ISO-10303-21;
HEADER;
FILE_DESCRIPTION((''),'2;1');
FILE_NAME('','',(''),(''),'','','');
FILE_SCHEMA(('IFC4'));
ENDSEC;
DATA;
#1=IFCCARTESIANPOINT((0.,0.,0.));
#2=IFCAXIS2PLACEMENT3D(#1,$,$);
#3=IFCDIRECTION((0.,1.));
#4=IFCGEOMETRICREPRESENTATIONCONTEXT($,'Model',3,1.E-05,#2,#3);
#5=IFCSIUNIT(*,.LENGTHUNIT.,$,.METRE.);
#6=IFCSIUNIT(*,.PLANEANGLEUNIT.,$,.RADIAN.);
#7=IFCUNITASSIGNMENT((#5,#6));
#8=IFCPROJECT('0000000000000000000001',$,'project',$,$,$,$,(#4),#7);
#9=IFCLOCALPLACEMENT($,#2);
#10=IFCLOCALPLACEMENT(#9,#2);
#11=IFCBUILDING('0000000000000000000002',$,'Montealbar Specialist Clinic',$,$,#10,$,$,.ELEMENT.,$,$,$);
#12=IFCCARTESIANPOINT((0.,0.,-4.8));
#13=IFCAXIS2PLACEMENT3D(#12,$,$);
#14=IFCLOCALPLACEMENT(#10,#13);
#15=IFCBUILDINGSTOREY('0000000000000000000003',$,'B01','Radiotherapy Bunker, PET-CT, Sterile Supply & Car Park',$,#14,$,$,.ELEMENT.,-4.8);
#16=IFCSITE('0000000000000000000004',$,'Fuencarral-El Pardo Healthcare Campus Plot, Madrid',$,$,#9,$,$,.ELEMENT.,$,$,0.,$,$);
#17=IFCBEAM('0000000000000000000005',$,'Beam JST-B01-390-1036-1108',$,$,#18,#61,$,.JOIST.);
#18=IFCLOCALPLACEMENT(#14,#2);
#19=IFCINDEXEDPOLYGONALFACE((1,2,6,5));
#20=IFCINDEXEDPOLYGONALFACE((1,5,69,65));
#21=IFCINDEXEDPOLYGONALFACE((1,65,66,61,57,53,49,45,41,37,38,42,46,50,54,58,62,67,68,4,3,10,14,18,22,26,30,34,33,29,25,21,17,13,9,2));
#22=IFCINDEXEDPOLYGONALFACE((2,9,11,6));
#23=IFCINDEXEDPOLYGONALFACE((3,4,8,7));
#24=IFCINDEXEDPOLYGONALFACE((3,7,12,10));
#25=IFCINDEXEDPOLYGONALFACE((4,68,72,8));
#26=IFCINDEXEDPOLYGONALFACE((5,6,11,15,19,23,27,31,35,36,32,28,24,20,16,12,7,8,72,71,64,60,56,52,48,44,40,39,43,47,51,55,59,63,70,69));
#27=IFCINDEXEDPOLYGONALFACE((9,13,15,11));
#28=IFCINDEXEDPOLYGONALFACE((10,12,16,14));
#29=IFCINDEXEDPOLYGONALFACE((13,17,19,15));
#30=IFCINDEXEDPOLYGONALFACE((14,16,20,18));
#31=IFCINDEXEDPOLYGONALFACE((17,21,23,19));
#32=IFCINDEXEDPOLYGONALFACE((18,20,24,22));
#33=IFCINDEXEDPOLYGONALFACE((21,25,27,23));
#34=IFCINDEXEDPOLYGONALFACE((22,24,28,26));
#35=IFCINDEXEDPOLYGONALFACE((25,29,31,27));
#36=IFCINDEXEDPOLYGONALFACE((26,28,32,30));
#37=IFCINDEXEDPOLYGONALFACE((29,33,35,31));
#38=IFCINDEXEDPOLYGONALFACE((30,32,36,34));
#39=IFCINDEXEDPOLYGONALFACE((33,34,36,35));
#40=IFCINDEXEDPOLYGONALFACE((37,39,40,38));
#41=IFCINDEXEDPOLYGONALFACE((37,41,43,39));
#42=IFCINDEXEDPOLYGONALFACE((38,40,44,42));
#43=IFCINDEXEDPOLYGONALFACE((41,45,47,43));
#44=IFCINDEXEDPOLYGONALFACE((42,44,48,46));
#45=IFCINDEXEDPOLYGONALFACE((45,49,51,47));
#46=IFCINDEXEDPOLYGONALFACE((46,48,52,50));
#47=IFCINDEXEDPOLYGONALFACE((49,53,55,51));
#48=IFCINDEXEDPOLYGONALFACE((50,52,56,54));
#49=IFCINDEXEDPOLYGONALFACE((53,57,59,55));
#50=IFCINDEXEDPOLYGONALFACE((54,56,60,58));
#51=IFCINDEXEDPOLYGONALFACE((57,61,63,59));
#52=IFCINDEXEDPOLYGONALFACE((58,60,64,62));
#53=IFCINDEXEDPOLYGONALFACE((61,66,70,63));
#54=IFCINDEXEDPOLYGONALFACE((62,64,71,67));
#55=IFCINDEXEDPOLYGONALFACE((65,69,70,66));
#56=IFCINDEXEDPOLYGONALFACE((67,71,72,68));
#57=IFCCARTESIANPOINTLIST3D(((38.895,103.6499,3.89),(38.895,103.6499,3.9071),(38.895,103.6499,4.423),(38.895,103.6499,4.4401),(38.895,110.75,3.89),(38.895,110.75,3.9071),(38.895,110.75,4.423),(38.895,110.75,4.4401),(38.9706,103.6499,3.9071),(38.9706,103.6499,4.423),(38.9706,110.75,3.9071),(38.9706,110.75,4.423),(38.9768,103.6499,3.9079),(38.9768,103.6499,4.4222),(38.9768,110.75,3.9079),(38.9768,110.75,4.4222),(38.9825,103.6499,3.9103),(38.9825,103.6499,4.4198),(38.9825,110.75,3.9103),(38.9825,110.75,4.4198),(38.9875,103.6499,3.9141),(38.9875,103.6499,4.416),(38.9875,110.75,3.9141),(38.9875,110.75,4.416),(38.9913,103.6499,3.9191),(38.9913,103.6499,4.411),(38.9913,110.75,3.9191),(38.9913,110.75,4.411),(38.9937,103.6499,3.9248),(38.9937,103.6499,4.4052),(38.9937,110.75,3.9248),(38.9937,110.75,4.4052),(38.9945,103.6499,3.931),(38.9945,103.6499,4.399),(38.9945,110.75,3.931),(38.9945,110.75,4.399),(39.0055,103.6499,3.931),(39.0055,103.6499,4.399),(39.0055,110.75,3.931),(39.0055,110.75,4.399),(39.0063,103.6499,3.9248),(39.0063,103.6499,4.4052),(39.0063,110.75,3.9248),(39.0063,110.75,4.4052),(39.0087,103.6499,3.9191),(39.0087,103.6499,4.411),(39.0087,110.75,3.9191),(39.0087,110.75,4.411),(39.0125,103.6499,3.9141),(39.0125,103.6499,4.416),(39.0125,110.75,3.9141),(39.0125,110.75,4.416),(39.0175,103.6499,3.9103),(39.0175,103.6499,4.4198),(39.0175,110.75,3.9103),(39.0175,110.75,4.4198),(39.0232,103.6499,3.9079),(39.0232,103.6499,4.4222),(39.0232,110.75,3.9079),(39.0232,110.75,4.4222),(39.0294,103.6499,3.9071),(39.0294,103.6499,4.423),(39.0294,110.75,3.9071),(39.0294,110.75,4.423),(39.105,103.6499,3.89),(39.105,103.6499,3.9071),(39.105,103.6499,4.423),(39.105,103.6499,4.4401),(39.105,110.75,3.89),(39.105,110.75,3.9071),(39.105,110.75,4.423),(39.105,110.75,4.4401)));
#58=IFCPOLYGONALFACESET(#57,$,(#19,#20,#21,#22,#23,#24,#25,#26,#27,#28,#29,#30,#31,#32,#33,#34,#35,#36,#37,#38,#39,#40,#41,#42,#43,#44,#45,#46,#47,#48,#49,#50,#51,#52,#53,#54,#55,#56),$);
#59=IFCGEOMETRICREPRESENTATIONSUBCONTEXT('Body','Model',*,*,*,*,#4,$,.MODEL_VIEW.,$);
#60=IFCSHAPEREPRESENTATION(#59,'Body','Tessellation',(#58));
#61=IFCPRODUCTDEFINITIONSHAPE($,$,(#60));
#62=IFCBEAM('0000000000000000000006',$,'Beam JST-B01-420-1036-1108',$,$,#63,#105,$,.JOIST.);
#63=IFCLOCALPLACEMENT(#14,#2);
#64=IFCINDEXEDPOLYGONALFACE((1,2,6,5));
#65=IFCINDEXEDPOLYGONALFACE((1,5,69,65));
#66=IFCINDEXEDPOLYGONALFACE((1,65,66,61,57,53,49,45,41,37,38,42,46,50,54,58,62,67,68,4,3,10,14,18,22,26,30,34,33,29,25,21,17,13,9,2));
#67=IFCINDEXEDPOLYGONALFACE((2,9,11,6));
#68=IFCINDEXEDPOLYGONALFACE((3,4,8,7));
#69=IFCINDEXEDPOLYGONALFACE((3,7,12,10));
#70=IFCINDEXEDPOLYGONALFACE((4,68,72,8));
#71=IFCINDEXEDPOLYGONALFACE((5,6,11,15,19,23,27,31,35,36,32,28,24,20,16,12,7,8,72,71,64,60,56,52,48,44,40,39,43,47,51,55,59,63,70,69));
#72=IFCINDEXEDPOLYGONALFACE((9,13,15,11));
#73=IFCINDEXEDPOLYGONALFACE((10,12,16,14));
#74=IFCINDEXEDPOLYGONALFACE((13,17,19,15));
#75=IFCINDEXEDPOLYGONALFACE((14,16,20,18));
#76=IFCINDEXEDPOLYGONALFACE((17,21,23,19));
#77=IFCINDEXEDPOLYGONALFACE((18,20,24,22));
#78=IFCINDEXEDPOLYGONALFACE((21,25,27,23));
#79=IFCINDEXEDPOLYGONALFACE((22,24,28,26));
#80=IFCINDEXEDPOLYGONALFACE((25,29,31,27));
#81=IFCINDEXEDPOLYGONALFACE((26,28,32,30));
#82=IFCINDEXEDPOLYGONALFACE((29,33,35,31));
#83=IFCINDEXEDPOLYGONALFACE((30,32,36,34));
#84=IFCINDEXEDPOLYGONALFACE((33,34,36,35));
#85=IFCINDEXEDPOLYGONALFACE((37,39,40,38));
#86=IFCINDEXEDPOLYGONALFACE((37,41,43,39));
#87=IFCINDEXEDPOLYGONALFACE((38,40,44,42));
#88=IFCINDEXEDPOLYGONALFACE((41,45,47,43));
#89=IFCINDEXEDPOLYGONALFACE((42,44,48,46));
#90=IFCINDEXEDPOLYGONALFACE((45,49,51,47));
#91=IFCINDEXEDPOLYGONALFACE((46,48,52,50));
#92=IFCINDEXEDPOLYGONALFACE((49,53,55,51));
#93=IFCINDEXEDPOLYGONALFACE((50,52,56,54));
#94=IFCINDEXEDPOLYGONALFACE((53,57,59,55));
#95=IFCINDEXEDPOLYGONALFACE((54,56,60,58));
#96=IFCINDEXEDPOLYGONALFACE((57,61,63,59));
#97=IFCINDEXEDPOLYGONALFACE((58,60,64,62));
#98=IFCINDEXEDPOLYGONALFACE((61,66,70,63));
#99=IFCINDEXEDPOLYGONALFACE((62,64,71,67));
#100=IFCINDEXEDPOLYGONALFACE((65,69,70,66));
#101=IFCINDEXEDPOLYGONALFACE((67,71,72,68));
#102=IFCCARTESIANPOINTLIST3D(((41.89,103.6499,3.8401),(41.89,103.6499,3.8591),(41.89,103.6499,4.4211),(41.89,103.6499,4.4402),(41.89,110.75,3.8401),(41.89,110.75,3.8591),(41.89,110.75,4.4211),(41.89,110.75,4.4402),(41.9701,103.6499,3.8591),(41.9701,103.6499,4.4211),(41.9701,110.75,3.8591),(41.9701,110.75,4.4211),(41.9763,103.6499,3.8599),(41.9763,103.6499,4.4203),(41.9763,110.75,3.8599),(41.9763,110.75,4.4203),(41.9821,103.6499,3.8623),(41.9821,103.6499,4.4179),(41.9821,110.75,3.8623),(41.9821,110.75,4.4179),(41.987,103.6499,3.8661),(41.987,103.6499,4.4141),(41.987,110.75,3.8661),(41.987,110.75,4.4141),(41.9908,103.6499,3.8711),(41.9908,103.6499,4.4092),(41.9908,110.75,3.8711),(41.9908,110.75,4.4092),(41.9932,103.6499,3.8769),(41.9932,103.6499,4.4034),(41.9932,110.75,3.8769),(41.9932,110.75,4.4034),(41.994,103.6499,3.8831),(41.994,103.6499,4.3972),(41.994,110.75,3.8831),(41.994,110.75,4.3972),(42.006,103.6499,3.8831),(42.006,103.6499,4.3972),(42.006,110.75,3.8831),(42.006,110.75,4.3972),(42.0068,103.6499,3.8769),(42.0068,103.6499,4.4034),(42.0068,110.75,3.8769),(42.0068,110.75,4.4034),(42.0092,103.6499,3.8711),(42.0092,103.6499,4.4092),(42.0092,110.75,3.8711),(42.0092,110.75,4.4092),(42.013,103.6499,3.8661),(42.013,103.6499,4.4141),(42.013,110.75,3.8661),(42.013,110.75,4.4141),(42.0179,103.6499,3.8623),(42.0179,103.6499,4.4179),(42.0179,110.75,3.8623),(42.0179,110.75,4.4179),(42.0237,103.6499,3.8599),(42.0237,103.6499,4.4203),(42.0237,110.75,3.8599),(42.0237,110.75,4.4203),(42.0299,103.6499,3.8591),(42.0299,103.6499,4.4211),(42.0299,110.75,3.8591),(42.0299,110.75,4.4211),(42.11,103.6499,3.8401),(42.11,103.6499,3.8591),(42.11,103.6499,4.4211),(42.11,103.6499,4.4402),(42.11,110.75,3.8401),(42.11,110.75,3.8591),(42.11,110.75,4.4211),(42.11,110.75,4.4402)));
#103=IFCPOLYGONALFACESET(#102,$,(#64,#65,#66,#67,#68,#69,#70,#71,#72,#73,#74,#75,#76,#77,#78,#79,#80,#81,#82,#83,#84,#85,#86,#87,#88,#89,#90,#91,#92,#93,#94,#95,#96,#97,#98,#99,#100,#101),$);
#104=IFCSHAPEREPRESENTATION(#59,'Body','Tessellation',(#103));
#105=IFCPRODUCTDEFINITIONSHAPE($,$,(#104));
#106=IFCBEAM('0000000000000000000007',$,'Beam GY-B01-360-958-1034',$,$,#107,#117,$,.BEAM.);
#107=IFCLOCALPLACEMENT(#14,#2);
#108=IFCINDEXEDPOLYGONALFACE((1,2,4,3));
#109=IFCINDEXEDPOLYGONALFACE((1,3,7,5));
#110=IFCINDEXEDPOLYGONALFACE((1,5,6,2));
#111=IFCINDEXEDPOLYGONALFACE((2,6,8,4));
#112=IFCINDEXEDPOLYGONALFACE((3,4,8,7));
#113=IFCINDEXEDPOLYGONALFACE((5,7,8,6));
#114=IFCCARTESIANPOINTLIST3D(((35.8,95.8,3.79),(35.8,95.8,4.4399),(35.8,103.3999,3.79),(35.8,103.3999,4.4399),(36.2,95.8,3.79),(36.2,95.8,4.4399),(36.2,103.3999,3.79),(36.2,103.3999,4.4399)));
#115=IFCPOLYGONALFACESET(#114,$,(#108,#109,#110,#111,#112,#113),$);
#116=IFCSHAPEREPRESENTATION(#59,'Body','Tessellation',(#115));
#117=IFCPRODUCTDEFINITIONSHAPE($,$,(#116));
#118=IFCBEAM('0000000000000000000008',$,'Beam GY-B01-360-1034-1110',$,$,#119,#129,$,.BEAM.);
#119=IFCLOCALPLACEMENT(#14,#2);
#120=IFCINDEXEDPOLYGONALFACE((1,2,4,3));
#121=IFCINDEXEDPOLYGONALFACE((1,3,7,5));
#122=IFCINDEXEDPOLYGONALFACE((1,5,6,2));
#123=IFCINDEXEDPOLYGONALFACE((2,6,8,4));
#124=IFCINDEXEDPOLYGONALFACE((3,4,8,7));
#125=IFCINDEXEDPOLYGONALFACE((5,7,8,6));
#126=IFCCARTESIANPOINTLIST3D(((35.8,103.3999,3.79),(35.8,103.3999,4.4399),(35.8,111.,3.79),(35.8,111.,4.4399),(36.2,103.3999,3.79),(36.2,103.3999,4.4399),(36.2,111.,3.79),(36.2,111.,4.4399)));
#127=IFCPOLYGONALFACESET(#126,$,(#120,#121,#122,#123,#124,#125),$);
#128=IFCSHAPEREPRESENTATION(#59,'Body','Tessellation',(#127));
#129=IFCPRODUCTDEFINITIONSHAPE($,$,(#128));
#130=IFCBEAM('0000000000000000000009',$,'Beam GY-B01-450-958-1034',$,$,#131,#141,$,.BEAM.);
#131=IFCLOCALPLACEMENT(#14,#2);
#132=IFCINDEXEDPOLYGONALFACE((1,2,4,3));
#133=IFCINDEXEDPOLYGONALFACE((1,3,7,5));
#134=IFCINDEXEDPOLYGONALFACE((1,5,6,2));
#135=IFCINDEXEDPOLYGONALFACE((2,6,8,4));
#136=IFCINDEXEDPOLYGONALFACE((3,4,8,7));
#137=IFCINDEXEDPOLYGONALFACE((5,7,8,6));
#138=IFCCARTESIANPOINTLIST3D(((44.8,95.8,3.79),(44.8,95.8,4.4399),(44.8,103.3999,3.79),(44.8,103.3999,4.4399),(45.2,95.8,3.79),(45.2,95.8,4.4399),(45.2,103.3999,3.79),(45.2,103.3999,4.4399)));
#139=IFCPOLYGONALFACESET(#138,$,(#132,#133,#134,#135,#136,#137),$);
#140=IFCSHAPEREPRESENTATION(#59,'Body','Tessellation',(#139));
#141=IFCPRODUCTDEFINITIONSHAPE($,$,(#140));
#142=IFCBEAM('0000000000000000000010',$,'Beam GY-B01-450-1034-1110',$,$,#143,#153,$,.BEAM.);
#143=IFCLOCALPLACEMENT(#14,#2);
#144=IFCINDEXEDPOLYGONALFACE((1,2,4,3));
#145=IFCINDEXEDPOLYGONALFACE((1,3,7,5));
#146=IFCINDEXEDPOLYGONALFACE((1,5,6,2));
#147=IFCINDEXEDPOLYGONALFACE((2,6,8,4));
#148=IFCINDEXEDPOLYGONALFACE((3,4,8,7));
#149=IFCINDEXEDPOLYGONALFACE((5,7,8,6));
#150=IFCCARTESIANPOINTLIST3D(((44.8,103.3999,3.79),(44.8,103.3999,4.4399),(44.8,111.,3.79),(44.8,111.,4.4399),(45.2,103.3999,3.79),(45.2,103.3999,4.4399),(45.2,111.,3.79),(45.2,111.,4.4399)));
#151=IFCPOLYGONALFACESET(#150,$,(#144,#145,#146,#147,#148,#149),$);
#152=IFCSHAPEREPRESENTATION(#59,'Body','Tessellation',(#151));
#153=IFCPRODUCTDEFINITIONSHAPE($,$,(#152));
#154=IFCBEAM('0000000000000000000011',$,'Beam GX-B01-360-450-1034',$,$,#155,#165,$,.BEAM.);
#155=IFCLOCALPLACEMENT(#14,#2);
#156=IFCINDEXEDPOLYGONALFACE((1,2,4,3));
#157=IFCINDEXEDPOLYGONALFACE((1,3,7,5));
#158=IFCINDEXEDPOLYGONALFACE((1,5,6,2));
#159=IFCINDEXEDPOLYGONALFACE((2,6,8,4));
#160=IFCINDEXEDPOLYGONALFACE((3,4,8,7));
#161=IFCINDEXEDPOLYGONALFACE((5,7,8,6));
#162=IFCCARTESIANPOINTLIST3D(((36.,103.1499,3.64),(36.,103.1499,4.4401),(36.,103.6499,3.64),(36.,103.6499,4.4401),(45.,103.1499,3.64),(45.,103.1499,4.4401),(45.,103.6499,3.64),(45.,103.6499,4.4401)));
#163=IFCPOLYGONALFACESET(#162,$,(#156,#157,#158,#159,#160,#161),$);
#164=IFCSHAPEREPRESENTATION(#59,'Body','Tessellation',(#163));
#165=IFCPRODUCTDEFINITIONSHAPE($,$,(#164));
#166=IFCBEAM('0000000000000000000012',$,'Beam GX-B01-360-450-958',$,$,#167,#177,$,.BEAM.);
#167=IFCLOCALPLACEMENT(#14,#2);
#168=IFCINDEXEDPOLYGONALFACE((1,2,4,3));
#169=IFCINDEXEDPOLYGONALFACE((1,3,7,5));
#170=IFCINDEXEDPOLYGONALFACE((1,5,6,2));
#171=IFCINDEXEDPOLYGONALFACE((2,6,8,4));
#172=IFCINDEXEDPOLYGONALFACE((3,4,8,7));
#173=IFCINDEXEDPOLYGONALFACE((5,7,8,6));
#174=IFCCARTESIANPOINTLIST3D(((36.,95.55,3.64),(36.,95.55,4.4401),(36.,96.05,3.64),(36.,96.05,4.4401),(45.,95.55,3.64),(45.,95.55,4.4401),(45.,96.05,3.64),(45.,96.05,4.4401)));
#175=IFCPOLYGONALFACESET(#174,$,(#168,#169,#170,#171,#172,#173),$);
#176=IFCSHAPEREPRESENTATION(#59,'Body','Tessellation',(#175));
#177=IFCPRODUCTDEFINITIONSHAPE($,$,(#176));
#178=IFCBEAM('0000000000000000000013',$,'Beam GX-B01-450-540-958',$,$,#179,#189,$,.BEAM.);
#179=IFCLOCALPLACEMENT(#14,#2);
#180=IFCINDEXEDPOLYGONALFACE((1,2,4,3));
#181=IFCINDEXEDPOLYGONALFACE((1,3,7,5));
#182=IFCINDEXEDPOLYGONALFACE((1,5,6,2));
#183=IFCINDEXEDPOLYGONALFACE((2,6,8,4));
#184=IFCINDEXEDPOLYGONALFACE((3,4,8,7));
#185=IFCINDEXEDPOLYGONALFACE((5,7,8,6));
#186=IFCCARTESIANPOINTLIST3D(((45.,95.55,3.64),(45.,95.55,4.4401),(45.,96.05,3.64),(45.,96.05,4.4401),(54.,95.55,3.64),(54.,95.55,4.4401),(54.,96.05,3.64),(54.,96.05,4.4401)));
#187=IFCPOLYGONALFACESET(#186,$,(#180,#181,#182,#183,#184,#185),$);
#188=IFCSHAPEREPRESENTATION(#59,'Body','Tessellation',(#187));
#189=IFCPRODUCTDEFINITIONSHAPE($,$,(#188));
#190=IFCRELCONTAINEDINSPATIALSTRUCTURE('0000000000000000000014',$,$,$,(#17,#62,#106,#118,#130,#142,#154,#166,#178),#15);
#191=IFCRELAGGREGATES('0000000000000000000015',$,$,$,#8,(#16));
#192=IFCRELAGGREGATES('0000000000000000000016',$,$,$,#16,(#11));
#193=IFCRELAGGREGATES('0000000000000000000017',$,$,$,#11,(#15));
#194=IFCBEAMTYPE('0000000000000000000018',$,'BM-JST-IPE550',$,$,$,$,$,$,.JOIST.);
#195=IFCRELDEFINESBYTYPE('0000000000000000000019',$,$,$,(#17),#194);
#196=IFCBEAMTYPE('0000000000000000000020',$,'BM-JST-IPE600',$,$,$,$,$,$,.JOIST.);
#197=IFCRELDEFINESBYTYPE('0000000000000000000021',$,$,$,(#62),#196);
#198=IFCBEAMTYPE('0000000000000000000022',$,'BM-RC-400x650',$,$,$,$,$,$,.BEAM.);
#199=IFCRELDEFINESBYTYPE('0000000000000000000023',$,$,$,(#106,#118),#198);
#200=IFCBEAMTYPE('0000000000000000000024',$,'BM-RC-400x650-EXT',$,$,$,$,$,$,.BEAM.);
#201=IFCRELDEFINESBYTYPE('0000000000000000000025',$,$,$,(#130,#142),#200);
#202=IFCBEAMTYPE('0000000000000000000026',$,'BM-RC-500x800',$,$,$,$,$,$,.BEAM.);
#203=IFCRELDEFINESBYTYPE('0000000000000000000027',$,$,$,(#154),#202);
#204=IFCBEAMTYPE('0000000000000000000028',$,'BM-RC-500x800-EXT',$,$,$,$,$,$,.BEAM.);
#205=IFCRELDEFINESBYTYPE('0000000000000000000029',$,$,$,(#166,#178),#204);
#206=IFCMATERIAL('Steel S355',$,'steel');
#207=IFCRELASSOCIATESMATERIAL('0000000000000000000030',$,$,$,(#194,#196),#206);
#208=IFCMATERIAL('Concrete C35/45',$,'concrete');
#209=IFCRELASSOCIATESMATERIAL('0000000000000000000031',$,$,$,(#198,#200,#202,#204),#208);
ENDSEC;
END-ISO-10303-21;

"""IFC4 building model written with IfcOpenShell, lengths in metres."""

from ifc_helpers import new_model, si_unit, direction, frame, origin, origin_2d, place, context, subcontext, project, spatial, rectangle, i_section, extrude, material, material_profile, profile_set, type_object, element, save


model = new_model("IFC4")

# Units and contexts
model_context = context("Model", 3, precision=1e-05, world=origin(), true_north=direction((0.0, 1.0)))
body_context = subcontext(model_context, "Body", "Model", "MODEL_VIEW")
ifc_project = project(units=[si_unit("LENGTHUNIT", "METRE"), si_unit("PLANEANGLEUNIT", "RADIAN")], contexts=[model_context])

# Site, building, storey
site_placement = place(None, origin())
site = spatial("IfcSite", under=ifc_project, at=site_placement, Name="Fuencarral-El Pardo Healthcare Campus Plot, Madrid", CompositionType="ELEMENT", RefElevation=0.0)
building_placement = place(site_placement, origin())
building = spatial("IfcBuilding", under=site, at=building_placement, Name="Montealbar Specialist Clinic", CompositionType="ELEMENT")
storey_placement = place(building_placement, frame((0.0, 0.0, -4.8)))
storey = spatial("IfcBuildingStorey", under=building, at=storey_placement, Name="B01", Description="Radiotherapy Bunker, PET-CT, Sterile Supply & Car Park", CompositionType="ELEMENT", Elevation=-4.8)

# Shared definitions
ifc_material_1 = material(Name="Concrete C35/45", Category="concrete")

# Beams
ifc_material_2 = material(Name="Steel S355", Category="steel")
ifc_material_profile_1 = material_profile(ifc_material_2, i_section(OverallWidth=0.21, OverallDepth=0.55, WebThickness=0.011, FlangeThickness=0.0171, FilletRadius=0.0239, at=origin_2d()), Name="IPE 550", Category="steel")
ifc_profile_set_1 = profile_set([ifc_material_profile_1], Name="Steel S355")
beam_type_1 = type_object("IfcBeamType", Name="BM-JST-IPE550", PredefinedType="JOIST", material=ifc_profile_set_1)
beam_1_placement = place(storey_placement, frame((39.0, 103.6499, 4.165), z_axis=(0.0, 1.0, 0.0), x_axis=(-1.0, 0.0, 0.0)))
element("IfcBeam", 1, at=beam_1_placement, inside=storey, type_object=beam_type_1, Name="Beam JST-B01-390-1036-1108", PredefinedType="JOIST", context=body_context, shape_type="SweptSolid", body=[
    extrude(i_section(OverallWidth=0.21, OverallDepth=0.55, WebThickness=0.011, FlangeThickness=0.0171, FilletRadius=0.0239, at=origin_2d()), origin(), (0.0, 0.0, 1.0), 7.1001),
])
ifc_material_profile_2 = material_profile(ifc_material_2, i_section(OverallWidth=0.22, OverallDepth=0.6001, WebThickness=0.012, FlangeThickness=0.019, FilletRadius=0.0239, at=origin_2d()), Name="IPE 600", Category="steel")
ifc_profile_set_2 = profile_set([ifc_material_profile_2], Name="Steel S355")
beam_type_2 = type_object("IfcBeamType", Name="BM-JST-IPE600", PredefinedType="JOIST", material=ifc_profile_set_2)
beam_2_placement = place(storey_placement, frame((42.0, 103.6499, 4.1401), z_axis=(0.0, 1.0, 0.0), x_axis=(-1.0, 0.0, 0.0)))
element("IfcBeam", 2, at=beam_2_placement, inside=storey, type_object=beam_type_2, Name="Beam JST-B01-420-1036-1108", PredefinedType="JOIST", context=body_context, shape_type="SweptSolid", body=[
    extrude(i_section(OverallWidth=0.22, OverallDepth=0.6001, WebThickness=0.012, FlangeThickness=0.019, FilletRadius=0.0239, at=origin_2d()), origin(), (0.0, 0.0, 1.0), 7.1001),
])
ifc_material_profile_3 = material_profile(ifc_material_1, rectangle(XDim=0.3999, YDim=0.6499, at=origin_2d()), Name="RC 400x650", Category="concrete")
ifc_profile_set_3 = profile_set([ifc_material_profile_3], Name="Concrete C35/45")
beam_type_3 = type_object("IfcBeamType", Name="BM-RC-400x650", PredefinedType="BEAM", material=ifc_profile_set_3)
beam_3_placement = place(storey_placement, frame((36.0, 95.8, 4.115), z_axis=(0.0, 1.0, 0.0), x_axis=(-1.0, 0.0, 0.0)))
element("IfcBeam", 3, at=beam_3_placement, inside=storey, type_object=beam_type_3, Name="Beam GY-B01-360-958-1034", PredefinedType="BEAM", context=body_context, shape_type="SweptSolid", body=[
    extrude(rectangle(XDim=0.3999, YDim=0.6499, at=origin_2d()), origin(), (0.0, 0.0, 1.0), 7.5999),
])
beam_4_placement = place(storey_placement, frame((36.0, 103.3999, 4.115), z_axis=(0.0, 1.0, 0.0), x_axis=(-1.0, 0.0, 0.0)))
element("IfcBeam", 4, at=beam_4_placement, inside=storey, type_object=beam_type_3, Name="Beam GY-B01-360-1034-1110", PredefinedType="BEAM", context=body_context, shape_type="SweptSolid", body=[
    extrude(rectangle(XDim=0.3999, YDim=0.6499, at=origin_2d()), origin(), (0.0, 0.0, 1.0), 7.6001),
])
ifc_material_profile_4 = material_profile(ifc_material_1, rectangle(XDim=0.3999, YDim=0.6499, at=origin_2d()), Name="RC 400x650", Category="concrete")
ifc_profile_set_4 = profile_set([ifc_material_profile_4], Name="Concrete C35/45")
beam_type_4 = type_object("IfcBeamType", Name="BM-RC-400x650-EXT", PredefinedType="BEAM", material=ifc_profile_set_4)
beam_5_placement = place(storey_placement, frame((45.0, 95.8, 4.115), z_axis=(0.0, 1.0, 0.0), x_axis=(-1.0, 0.0, 0.0)))
element("IfcBeam", 5, at=beam_5_placement, inside=storey, type_object=beam_type_4, Name="Beam GY-B01-450-958-1034", PredefinedType="BEAM", context=body_context, shape_type="SweptSolid", body=[
    extrude(rectangle(XDim=0.3999, YDim=0.6499, at=origin_2d()), origin(), (0.0, 0.0, 1.0), 7.5999),
])
beam_6_placement = place(storey_placement, frame((45.0, 103.3999, 4.115), z_axis=(0.0, 1.0, 0.0), x_axis=(-1.0, 0.0, 0.0)))
element("IfcBeam", 6, at=beam_6_placement, inside=storey, type_object=beam_type_4, Name="Beam GY-B01-450-1034-1110", PredefinedType="BEAM", context=body_context, shape_type="SweptSolid", body=[
    extrude(rectangle(XDim=0.3999, YDim=0.6499, at=origin_2d()), origin(), (0.0, 0.0, 1.0), 7.6001),
])
ifc_material_profile_5 = material_profile(ifc_material_1, rectangle(XDim=0.5, YDim=0.8, at=origin_2d()), Name="RC 500x800", Category="concrete")
ifc_profile_set_5 = profile_set([ifc_material_profile_5], Name="Concrete C35/45")
beam_type_5 = type_object("IfcBeamType", Name="BM-RC-500x800", PredefinedType="BEAM", material=ifc_profile_set_5)
beam_7_placement = place(storey_placement, frame((36.0, 103.3999, 4.04), z_axis=(1.0, 0.0, 0.0), x_axis=(0.0, 1.0, 0.0)))
element("IfcBeam", 7, at=beam_7_placement, inside=storey, type_object=beam_type_5, Name="Beam GX-B01-360-450-1034", PredefinedType="BEAM", context=body_context, shape_type="SweptSolid", body=[
    extrude(rectangle(XDim=0.5, YDim=0.8, at=origin_2d()), origin(), (0.0, 0.0, 1.0), 9.0),
])
ifc_material_profile_6 = material_profile(ifc_material_1, rectangle(XDim=0.5, YDim=0.8, at=origin_2d()), Name="RC 500x800", Category="concrete")
ifc_profile_set_6 = profile_set([ifc_material_profile_6], Name="Concrete C35/45")
beam_type_6 = type_object("IfcBeamType", Name="BM-RC-500x800-EXT", PredefinedType="BEAM", material=ifc_profile_set_6)
for number, where, z_axis, x_axis, name in (
    (8, (36.0, 95.8, 4.04), (1.0, 0.0, 0.0), (0.0, 1.0, 0.0), "Beam GX-B01-360-450-958"),
    (9, (45.0, 95.8, 4.04), (1.0, 0.0, 0.0), (0.0, 1.0, 0.0), "Beam GX-B01-450-540-958"),
):
    element("IfcBeam", number, at=place(storey_placement, frame(where, z_axis=z_axis, x_axis=x_axis)), inside=storey, type_object=beam_type_6, Name=name, PredefinedType="BEAM", context=body_context, shape_type="SweptSolid", body=[
        extrude(rectangle(XDim=0.5, YDim=0.8, at=origin_2d()), origin(), (0.0, 0.0, 1.0), 9.0),
    ])

save(model, "model.ifc")
